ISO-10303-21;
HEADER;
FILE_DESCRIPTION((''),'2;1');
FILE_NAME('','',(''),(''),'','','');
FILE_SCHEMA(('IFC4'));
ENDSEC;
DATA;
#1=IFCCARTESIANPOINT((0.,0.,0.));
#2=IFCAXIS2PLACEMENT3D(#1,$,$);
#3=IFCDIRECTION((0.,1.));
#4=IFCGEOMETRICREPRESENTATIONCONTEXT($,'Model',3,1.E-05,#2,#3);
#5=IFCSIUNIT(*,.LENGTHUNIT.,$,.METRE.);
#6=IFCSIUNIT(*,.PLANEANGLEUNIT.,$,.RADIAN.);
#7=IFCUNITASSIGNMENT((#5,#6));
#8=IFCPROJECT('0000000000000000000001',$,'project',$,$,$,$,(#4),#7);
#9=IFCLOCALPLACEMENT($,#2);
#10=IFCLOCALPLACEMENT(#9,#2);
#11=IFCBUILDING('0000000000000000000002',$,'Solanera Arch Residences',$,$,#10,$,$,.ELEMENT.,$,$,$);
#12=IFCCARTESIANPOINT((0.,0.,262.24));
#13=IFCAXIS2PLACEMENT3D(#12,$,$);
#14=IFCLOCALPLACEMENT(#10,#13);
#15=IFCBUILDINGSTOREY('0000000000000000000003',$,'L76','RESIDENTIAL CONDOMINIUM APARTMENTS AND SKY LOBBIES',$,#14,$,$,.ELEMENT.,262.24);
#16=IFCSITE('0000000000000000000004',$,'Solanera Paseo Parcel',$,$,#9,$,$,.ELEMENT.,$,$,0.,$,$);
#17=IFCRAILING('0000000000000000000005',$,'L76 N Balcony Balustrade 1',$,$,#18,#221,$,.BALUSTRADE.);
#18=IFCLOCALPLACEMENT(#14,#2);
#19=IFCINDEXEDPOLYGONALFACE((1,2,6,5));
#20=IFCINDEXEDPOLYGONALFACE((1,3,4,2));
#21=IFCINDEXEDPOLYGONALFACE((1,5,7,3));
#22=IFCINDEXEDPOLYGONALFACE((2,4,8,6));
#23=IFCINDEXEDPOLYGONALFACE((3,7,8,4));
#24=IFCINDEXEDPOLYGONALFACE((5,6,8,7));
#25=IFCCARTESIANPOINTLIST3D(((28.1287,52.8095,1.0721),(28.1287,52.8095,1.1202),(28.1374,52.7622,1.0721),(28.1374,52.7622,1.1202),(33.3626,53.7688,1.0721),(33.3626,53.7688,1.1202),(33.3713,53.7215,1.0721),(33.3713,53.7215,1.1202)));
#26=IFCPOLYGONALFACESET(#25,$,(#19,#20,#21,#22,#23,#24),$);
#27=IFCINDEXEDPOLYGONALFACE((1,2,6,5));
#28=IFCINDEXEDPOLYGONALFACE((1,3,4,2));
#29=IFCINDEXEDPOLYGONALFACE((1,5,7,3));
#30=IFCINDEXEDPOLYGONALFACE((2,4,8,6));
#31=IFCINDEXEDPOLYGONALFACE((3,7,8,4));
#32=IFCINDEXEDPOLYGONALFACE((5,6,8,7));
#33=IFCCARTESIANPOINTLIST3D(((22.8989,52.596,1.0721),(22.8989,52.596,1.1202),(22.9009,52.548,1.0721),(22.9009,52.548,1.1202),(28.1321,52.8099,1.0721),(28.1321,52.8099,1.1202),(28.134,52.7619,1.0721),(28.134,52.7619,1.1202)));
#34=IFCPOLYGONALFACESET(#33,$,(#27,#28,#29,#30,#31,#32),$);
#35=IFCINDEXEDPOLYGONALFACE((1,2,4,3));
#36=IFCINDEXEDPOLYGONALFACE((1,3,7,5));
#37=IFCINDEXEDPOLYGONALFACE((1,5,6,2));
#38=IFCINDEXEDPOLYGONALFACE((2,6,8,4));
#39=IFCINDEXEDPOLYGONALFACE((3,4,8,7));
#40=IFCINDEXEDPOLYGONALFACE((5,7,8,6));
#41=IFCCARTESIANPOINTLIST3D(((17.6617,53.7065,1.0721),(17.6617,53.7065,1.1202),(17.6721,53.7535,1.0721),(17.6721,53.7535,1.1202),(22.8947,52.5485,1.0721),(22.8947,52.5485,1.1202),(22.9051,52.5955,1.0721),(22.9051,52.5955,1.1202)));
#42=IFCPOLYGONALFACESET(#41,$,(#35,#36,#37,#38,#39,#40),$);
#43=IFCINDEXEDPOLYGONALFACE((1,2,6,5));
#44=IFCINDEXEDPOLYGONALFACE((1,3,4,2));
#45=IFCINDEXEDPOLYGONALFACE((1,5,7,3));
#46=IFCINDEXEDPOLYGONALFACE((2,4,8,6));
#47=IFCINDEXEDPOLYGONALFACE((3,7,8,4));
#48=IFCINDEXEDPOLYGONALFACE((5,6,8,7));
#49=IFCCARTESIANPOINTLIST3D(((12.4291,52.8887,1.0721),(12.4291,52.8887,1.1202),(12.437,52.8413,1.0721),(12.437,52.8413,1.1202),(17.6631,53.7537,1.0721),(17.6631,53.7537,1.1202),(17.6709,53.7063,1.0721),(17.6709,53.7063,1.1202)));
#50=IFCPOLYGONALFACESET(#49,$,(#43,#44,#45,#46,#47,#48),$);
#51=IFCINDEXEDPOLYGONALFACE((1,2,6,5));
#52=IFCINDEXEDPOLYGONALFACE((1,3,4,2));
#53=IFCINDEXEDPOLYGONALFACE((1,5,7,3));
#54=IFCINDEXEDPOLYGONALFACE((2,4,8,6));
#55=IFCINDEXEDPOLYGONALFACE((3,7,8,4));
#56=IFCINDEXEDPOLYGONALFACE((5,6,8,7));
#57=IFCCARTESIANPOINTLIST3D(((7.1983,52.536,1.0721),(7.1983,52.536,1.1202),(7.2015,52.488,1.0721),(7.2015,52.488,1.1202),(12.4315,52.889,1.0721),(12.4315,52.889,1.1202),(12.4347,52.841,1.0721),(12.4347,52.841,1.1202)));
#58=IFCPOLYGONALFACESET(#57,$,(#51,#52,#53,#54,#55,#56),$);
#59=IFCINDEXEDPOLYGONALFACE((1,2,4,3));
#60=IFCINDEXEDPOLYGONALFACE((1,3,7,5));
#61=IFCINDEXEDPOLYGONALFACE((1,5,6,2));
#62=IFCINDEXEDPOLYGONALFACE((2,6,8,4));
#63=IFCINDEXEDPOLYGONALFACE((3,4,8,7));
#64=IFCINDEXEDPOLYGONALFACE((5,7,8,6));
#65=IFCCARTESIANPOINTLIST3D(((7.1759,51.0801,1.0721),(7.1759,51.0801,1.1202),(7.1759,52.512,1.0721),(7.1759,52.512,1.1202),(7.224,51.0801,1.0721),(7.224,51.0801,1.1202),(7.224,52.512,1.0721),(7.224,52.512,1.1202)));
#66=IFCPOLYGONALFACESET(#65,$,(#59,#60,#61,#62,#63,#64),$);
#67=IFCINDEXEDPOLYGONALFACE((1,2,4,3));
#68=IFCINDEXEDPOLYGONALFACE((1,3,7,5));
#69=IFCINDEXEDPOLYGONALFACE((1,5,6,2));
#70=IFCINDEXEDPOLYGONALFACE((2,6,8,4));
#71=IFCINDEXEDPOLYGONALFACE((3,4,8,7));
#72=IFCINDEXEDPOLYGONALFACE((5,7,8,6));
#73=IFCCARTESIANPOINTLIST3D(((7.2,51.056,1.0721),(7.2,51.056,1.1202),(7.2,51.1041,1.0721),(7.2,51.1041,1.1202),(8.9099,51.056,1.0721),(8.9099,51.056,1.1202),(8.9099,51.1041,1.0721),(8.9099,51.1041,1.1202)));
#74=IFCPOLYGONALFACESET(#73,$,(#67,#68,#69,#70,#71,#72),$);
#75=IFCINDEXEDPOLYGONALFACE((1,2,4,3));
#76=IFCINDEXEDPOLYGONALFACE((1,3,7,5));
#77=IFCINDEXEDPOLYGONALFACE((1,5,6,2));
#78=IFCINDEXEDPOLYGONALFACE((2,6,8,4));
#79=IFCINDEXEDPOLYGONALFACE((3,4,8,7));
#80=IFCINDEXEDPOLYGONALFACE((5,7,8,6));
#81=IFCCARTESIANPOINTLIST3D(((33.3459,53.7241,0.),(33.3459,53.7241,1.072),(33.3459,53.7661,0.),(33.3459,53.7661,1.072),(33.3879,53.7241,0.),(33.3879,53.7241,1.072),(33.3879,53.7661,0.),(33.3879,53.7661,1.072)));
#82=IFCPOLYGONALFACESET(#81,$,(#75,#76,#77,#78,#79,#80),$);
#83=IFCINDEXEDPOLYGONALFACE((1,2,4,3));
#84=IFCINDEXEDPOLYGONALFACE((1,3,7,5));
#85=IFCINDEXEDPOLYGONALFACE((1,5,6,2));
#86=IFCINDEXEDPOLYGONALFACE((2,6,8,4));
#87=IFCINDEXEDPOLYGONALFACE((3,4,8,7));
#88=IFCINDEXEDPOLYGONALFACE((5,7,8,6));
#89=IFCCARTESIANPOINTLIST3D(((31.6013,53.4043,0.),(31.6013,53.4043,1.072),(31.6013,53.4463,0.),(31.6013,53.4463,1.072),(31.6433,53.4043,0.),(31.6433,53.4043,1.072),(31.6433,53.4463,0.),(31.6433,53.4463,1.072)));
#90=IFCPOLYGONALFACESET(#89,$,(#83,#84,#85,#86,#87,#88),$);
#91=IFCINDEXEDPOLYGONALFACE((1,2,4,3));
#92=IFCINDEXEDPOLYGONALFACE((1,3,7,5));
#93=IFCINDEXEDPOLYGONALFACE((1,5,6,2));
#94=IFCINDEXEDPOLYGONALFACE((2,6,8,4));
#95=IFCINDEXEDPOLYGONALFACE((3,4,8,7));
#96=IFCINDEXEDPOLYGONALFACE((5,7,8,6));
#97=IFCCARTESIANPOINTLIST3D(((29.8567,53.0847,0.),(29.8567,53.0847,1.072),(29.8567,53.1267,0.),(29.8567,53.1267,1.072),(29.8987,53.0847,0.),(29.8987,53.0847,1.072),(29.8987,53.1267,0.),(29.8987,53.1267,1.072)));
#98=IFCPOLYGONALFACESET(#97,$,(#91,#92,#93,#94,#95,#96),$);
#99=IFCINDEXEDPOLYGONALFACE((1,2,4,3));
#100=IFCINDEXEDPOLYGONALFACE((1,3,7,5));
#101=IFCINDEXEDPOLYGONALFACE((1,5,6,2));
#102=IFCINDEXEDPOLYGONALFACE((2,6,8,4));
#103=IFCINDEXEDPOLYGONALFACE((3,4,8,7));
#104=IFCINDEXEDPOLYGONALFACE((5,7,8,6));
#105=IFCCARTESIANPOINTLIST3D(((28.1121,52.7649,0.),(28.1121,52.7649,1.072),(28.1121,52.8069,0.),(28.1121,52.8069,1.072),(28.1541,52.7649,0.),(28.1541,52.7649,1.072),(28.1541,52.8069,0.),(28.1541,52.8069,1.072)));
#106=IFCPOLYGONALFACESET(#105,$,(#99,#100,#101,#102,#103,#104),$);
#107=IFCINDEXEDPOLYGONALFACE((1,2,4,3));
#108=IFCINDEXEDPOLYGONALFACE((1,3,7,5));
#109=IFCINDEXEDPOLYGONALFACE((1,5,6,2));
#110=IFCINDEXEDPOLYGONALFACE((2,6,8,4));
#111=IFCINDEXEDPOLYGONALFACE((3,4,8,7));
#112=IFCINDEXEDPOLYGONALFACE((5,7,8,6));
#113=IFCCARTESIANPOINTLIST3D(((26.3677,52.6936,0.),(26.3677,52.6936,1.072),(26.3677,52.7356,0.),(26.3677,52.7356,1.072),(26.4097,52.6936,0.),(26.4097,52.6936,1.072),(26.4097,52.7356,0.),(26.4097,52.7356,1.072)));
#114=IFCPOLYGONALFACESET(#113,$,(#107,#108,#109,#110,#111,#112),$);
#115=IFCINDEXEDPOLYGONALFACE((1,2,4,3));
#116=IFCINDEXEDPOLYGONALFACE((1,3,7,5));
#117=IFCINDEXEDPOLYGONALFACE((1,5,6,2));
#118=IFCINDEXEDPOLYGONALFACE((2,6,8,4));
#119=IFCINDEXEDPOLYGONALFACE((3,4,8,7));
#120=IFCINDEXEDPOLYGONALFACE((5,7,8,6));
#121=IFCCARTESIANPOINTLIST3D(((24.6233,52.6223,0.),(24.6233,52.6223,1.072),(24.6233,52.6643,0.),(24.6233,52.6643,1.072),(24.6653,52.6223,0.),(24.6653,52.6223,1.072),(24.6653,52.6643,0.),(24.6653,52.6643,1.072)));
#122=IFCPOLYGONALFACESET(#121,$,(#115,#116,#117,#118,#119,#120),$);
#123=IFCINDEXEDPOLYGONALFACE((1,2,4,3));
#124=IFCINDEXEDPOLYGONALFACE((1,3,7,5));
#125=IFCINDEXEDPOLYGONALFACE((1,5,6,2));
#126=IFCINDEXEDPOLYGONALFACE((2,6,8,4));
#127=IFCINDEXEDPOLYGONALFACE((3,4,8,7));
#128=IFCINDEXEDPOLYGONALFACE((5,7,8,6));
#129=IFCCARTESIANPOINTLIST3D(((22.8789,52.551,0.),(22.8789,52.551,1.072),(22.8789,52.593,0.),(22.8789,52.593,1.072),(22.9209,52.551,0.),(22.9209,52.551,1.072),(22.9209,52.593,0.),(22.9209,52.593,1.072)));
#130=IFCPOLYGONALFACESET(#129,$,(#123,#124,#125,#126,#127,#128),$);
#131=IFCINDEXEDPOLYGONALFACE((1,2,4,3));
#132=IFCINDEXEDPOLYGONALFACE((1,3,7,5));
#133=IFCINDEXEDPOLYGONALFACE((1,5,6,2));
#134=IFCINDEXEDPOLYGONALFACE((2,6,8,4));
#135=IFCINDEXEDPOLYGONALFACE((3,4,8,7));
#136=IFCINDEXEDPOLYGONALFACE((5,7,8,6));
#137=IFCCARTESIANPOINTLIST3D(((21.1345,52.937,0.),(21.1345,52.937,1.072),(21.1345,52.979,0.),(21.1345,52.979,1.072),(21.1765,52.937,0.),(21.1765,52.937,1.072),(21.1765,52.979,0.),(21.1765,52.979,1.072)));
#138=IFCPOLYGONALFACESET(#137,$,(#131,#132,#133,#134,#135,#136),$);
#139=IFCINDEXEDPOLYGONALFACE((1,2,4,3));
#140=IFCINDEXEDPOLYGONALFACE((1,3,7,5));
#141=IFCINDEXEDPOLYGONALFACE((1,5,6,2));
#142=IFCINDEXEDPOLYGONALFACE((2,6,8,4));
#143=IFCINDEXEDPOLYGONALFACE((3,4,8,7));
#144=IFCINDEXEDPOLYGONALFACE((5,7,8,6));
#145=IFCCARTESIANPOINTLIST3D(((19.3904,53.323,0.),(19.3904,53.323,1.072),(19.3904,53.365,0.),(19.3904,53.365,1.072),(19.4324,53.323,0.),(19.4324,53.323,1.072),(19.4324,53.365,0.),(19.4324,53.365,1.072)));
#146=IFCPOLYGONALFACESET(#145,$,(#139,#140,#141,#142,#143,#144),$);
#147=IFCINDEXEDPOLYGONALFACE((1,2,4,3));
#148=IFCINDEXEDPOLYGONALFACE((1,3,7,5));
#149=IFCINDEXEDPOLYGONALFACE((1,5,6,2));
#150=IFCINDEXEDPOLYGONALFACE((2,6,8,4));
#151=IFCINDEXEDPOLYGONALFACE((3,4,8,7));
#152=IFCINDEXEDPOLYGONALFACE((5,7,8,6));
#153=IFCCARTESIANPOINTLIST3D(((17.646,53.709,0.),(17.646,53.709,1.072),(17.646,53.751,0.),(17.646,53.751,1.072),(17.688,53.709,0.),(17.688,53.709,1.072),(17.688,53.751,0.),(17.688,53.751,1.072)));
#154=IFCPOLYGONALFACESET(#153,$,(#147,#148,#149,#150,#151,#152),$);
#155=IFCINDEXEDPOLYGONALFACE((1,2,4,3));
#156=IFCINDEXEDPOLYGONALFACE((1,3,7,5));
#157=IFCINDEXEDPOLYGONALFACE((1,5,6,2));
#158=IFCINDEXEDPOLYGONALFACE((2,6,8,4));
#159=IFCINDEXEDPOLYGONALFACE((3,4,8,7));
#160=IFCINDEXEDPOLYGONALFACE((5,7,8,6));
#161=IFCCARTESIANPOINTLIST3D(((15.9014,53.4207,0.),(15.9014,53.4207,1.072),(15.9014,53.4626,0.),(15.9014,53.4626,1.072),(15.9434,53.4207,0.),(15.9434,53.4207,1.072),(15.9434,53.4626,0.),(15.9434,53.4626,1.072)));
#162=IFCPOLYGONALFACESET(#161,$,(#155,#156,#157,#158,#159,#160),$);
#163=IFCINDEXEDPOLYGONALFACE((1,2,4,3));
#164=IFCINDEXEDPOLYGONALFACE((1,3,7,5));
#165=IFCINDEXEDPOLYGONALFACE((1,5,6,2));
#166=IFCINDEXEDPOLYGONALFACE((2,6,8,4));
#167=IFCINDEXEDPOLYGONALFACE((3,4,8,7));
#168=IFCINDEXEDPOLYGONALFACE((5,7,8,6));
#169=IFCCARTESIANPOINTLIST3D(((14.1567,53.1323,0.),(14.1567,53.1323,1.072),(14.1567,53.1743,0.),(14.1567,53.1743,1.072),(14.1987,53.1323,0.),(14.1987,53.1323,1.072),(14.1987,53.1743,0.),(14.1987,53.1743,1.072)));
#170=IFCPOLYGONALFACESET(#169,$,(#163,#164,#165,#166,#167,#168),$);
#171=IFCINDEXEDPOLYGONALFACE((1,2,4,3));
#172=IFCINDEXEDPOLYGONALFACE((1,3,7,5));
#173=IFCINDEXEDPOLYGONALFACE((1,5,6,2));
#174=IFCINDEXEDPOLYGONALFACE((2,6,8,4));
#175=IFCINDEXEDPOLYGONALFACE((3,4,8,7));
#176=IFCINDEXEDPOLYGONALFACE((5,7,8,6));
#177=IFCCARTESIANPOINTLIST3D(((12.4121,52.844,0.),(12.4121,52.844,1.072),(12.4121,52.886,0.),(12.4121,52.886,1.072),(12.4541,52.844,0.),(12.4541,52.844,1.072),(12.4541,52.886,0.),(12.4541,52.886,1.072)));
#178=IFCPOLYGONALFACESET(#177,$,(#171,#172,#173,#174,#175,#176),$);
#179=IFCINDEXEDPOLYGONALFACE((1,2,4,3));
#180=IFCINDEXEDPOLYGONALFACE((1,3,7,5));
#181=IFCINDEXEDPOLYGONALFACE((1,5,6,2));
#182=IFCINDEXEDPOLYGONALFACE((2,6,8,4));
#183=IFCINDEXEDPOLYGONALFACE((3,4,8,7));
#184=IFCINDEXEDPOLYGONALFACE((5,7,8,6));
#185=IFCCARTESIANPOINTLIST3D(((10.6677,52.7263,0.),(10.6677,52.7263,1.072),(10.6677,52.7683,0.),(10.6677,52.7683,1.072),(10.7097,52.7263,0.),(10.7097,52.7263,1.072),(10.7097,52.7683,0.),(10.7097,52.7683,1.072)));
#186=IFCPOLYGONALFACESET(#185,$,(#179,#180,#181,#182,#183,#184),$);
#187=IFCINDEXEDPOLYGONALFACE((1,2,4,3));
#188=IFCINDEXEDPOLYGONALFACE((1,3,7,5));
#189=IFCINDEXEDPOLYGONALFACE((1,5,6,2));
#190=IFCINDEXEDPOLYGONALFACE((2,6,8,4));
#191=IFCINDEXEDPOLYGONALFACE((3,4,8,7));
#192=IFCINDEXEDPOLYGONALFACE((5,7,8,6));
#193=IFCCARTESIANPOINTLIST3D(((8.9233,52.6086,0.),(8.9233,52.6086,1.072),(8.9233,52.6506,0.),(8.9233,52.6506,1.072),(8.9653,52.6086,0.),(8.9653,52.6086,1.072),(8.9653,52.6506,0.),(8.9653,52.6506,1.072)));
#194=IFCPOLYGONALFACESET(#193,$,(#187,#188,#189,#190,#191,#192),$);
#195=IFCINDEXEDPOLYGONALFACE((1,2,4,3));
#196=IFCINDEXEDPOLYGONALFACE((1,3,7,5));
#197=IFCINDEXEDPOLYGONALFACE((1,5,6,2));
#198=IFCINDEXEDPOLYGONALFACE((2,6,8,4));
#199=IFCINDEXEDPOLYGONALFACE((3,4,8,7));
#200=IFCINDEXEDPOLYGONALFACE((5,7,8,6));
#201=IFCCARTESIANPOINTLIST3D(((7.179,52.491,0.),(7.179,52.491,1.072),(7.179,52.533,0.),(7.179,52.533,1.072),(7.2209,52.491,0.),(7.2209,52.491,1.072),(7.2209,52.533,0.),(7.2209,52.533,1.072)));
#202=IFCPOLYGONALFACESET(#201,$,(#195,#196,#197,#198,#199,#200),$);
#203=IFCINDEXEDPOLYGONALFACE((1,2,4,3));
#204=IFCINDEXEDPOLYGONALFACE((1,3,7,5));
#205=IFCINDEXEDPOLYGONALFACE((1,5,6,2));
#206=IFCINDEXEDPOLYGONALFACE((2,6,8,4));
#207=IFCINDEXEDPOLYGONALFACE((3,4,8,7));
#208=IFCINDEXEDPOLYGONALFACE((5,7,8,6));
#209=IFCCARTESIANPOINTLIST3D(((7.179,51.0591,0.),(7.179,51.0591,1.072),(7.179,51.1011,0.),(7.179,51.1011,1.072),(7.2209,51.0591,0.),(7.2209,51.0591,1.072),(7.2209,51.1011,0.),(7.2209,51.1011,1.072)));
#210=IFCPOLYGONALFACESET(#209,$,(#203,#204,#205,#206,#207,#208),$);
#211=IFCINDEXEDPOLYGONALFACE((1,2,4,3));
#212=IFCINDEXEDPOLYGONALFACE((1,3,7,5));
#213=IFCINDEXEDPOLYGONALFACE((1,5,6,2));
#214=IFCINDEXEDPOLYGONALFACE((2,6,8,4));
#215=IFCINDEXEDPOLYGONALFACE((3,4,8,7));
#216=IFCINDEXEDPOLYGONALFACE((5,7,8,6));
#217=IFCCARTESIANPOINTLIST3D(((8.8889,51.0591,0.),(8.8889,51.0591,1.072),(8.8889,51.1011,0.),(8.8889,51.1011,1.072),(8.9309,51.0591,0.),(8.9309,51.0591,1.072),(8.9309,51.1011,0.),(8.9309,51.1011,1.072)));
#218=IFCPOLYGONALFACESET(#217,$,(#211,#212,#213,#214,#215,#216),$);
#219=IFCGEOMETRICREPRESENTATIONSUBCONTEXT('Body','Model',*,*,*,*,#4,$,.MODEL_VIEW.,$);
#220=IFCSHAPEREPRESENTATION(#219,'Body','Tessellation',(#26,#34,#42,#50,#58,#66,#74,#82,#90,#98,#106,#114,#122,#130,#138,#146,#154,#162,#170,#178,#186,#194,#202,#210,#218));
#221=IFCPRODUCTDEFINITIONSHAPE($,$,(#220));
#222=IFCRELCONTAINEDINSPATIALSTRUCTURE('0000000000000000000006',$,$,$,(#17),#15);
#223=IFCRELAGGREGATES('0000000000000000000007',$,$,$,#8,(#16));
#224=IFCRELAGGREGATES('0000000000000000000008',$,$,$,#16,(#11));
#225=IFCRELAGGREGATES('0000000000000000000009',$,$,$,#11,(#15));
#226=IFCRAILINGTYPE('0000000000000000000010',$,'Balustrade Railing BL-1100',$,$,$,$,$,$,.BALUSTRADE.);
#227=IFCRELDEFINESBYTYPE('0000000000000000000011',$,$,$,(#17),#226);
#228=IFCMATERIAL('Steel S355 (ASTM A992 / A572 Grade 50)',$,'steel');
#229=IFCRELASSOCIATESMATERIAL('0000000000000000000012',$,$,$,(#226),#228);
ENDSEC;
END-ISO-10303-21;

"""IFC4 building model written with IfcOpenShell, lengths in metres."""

from ifc_helpers import new_model, si_unit, direction, frame, origin, origin_2d, place, context, subcontext, project, spatial, rectangle, extrude, material, type_object, element, save


model = new_model("IFC4")

# Units and contexts
model_context = context("Model", 3, precision=1e-05, world=origin(), true_north=direction((0.0, 1.0)))
body_context = subcontext(model_context, "Body", "Model", "MODEL_VIEW")
ifc_project = project(units=[si_unit("LENGTHUNIT", "METRE"), si_unit("PLANEANGLEUNIT", "RADIAN")], contexts=[model_context])

# Site, building, storey
site_placement = place(None, origin())
site = spatial("IfcSite", under=ifc_project, at=site_placement, Name="Solanera Paseo Parcel", CompositionType="ELEMENT", RefElevation=0.0)
building_placement = place(site_placement, origin())
building = spatial("IfcBuilding", under=site, at=building_placement, Name="Solanera Arch Residences", CompositionType="ELEMENT")
storey_placement = place(building_placement, frame((0.0, 0.0, 262.24)))
storey = spatial("IfcBuildingStorey", under=building, at=storey_placement, Name="L76", Description="RESIDENTIAL CONDOMINIUM APARTMENTS AND SKY LOBBIES", CompositionType="ELEMENT", Elevation=262.24)

# Railing
ifc_material_1 = material(Name="Steel S355 (ASTM A992 / A572 Grade 50)", Category="steel")
railing_type = type_object("IfcRailingType", Name="Balustrade Railing BL-1100", PredefinedType="BALUSTRADE", material=ifc_material_1)
railing_1_placement = place(storey_placement, frame((33.3669, 53.7451, 0.0)))
element("IfcRailing", 1, at=railing_1_placement, inside=storey, type_object=railing_type, Name="L76 N Balcony Balustrade 1", PredefinedType="BALUSTRADE", context=body_context, shape_type="SweptSolid", body=[
    extrude(rectangle(XDim=0.0481, YDim=0.0481, at=origin_2d()), frame((0.0, 0.0, 1.0962), z_axis=(-0.983617, -0.18027, 0.0), x_axis=(0.18027, -0.983617, 0.0)), (0.0, 0.0, 1.0), 5.321),
    extrude(rectangle(XDim=0.0481, YDim=0.0481, at=origin_2d()), frame((-5.2339, -0.9592, 1.0962), z_axis=(-0.999166, -0.040834, 0.0), x_axis=(0.040834, -0.999166, 0.0)), (0.0, 0.0, 1.0), 5.2375),
    extrude(rectangle(XDim=0.0481, YDim=0.0481, at=origin_2d()), frame((-10.467, -1.1731, 1.0962), z_axis=(-0.976381, 0.216057, 0.0), x_axis=(-0.216057, -0.976381, 0.0)), (0.0, 0.0, 1.0), 5.3596),
    extrude(rectangle(XDim=0.0481, YDim=0.0481, at=origin_2d()), frame((-15.7, -0.0151, 1.0962), z_axis=(-0.986617, -0.163055, 0.0), x_axis=(0.163055, -0.986617, 0.0)), (0.0, 0.0, 1.0), 5.3049),
    extrude(rectangle(XDim=0.0481, YDim=0.0481, at=origin_2d()), frame((-20.9338, -0.8801, 1.0962), z_axis=(-0.997732, -0.067307, 0.0), x_axis=(0.067307, -0.997732, 0.0)), (0.0, 0.0, 1.0), 5.2451),
    extrude(rectangle(XDim=0.0481, YDim=0.0481, at=origin_2d()), frame((-26.167, -1.2332, 1.0962), z_axis=(0.0, -1.0, 0.0), x_axis=(1.0, 0.0, 0.0)), (0.0, 0.0, 1.0), 1.4319),
    extrude(rectangle(XDim=0.0481, YDim=0.0481, at=origin_2d()), frame((-26.167, -2.665, 1.0962), z_axis=(1.0, 0.0, 0.0), x_axis=(0.0, 1.0, 0.0)), (0.0, 0.0, 1.0), 1.71),
    extrude(rectangle(XDim=0.042, YDim=0.042, at=origin_2d()), origin(), (0.0, 0.0, 1.0), 1.072),
    extrude(rectangle(XDim=0.042, YDim=0.042, at=origin_2d()), frame((-1.7446, -0.3198, 0.0)), (0.0, 0.0, 1.0), 1.072),
    extrude(rectangle(XDim=0.042, YDim=0.042, at=origin_2d()), frame((-3.4893, -0.6394, 0.0)), (0.0, 0.0, 1.0), 1.072),
    extrude(rectangle(XDim=0.042, YDim=0.042, at=origin_2d()), frame((-5.2339, -0.9592, 0.0)), (0.0, 0.0, 1.0), 1.072),
    extrude(rectangle(XDim=0.042, YDim=0.042, at=origin_2d()), frame((-6.9783, -1.0305, 0.0)), (0.0, 0.0, 1.0), 1.072),
    extrude(rectangle(XDim=0.042, YDim=0.042, at=origin_2d()), frame((-8.7227, -1.1018, 0.0)), (0.0, 0.0, 1.0), 1.072),
    extrude(rectangle(XDim=0.042, YDim=0.042, at=origin_2d()), frame((-10.467, -1.1731, 0.0)), (0.0, 0.0, 1.0), 1.072),
    extrude(rectangle(XDim=0.042, YDim=0.042, at=origin_2d()), frame((-12.2114, -0.7871, 0.0)), (0.0, 0.0, 1.0), 1.072),
    extrude(rectangle(XDim=0.042, YDim=0.042, at=origin_2d()), frame((-13.9556, -0.4011, 0.0)), (0.0, 0.0, 1.0), 1.072),
    extrude(rectangle(XDim=0.042, YDim=0.042, at=origin_2d()), frame((-15.7, -0.0151, 0.0)), (0.0, 0.0, 1.0), 1.072),
    extrude(rectangle(XDim=0.042, YDim=0.042, at=origin_2d()), frame((-17.4446, -0.3035, 0.0)), (0.0, 0.0, 1.0), 1.072),
    extrude(rectangle(XDim=0.042, YDim=0.042, at=origin_2d()), frame((-19.1892, -0.5918, 0.0)), (0.0, 0.0, 1.0), 1.072),
    extrude(rectangle(XDim=0.042, YDim=0.042, at=origin_2d()), frame((-20.9338, -0.8801, 0.0)), (0.0, 0.0, 1.0), 1.072),
    extrude(rectangle(XDim=0.042, YDim=0.042, at=origin_2d()), frame((-22.6782, -0.9978, 0.0)), (0.0, 0.0, 1.0), 1.072),
    extrude(rectangle(XDim=0.042, YDim=0.042, at=origin_2d()), frame((-24.4226, -1.1155, 0.0)), (0.0, 0.0, 1.0), 1.072),
    extrude(rectangle(XDim=0.042, YDim=0.042, at=origin_2d()), frame((-26.167, -1.2332, 0.0)), (0.0, 0.0, 1.0), 1.072),
    extrude(rectangle(XDim=0.042, YDim=0.042, at=origin_2d()), frame((-26.167, -2.665, 0.0)), (0.0, 0.0, 1.0), 1.072),
    extrude(rectangle(XDim=0.042, YDim=0.042, at=origin_2d()), frame((-24.457, -2.665, 0.0)), (0.0, 0.0, 1.0), 1.072),
])

save(model, "model.ifc")
